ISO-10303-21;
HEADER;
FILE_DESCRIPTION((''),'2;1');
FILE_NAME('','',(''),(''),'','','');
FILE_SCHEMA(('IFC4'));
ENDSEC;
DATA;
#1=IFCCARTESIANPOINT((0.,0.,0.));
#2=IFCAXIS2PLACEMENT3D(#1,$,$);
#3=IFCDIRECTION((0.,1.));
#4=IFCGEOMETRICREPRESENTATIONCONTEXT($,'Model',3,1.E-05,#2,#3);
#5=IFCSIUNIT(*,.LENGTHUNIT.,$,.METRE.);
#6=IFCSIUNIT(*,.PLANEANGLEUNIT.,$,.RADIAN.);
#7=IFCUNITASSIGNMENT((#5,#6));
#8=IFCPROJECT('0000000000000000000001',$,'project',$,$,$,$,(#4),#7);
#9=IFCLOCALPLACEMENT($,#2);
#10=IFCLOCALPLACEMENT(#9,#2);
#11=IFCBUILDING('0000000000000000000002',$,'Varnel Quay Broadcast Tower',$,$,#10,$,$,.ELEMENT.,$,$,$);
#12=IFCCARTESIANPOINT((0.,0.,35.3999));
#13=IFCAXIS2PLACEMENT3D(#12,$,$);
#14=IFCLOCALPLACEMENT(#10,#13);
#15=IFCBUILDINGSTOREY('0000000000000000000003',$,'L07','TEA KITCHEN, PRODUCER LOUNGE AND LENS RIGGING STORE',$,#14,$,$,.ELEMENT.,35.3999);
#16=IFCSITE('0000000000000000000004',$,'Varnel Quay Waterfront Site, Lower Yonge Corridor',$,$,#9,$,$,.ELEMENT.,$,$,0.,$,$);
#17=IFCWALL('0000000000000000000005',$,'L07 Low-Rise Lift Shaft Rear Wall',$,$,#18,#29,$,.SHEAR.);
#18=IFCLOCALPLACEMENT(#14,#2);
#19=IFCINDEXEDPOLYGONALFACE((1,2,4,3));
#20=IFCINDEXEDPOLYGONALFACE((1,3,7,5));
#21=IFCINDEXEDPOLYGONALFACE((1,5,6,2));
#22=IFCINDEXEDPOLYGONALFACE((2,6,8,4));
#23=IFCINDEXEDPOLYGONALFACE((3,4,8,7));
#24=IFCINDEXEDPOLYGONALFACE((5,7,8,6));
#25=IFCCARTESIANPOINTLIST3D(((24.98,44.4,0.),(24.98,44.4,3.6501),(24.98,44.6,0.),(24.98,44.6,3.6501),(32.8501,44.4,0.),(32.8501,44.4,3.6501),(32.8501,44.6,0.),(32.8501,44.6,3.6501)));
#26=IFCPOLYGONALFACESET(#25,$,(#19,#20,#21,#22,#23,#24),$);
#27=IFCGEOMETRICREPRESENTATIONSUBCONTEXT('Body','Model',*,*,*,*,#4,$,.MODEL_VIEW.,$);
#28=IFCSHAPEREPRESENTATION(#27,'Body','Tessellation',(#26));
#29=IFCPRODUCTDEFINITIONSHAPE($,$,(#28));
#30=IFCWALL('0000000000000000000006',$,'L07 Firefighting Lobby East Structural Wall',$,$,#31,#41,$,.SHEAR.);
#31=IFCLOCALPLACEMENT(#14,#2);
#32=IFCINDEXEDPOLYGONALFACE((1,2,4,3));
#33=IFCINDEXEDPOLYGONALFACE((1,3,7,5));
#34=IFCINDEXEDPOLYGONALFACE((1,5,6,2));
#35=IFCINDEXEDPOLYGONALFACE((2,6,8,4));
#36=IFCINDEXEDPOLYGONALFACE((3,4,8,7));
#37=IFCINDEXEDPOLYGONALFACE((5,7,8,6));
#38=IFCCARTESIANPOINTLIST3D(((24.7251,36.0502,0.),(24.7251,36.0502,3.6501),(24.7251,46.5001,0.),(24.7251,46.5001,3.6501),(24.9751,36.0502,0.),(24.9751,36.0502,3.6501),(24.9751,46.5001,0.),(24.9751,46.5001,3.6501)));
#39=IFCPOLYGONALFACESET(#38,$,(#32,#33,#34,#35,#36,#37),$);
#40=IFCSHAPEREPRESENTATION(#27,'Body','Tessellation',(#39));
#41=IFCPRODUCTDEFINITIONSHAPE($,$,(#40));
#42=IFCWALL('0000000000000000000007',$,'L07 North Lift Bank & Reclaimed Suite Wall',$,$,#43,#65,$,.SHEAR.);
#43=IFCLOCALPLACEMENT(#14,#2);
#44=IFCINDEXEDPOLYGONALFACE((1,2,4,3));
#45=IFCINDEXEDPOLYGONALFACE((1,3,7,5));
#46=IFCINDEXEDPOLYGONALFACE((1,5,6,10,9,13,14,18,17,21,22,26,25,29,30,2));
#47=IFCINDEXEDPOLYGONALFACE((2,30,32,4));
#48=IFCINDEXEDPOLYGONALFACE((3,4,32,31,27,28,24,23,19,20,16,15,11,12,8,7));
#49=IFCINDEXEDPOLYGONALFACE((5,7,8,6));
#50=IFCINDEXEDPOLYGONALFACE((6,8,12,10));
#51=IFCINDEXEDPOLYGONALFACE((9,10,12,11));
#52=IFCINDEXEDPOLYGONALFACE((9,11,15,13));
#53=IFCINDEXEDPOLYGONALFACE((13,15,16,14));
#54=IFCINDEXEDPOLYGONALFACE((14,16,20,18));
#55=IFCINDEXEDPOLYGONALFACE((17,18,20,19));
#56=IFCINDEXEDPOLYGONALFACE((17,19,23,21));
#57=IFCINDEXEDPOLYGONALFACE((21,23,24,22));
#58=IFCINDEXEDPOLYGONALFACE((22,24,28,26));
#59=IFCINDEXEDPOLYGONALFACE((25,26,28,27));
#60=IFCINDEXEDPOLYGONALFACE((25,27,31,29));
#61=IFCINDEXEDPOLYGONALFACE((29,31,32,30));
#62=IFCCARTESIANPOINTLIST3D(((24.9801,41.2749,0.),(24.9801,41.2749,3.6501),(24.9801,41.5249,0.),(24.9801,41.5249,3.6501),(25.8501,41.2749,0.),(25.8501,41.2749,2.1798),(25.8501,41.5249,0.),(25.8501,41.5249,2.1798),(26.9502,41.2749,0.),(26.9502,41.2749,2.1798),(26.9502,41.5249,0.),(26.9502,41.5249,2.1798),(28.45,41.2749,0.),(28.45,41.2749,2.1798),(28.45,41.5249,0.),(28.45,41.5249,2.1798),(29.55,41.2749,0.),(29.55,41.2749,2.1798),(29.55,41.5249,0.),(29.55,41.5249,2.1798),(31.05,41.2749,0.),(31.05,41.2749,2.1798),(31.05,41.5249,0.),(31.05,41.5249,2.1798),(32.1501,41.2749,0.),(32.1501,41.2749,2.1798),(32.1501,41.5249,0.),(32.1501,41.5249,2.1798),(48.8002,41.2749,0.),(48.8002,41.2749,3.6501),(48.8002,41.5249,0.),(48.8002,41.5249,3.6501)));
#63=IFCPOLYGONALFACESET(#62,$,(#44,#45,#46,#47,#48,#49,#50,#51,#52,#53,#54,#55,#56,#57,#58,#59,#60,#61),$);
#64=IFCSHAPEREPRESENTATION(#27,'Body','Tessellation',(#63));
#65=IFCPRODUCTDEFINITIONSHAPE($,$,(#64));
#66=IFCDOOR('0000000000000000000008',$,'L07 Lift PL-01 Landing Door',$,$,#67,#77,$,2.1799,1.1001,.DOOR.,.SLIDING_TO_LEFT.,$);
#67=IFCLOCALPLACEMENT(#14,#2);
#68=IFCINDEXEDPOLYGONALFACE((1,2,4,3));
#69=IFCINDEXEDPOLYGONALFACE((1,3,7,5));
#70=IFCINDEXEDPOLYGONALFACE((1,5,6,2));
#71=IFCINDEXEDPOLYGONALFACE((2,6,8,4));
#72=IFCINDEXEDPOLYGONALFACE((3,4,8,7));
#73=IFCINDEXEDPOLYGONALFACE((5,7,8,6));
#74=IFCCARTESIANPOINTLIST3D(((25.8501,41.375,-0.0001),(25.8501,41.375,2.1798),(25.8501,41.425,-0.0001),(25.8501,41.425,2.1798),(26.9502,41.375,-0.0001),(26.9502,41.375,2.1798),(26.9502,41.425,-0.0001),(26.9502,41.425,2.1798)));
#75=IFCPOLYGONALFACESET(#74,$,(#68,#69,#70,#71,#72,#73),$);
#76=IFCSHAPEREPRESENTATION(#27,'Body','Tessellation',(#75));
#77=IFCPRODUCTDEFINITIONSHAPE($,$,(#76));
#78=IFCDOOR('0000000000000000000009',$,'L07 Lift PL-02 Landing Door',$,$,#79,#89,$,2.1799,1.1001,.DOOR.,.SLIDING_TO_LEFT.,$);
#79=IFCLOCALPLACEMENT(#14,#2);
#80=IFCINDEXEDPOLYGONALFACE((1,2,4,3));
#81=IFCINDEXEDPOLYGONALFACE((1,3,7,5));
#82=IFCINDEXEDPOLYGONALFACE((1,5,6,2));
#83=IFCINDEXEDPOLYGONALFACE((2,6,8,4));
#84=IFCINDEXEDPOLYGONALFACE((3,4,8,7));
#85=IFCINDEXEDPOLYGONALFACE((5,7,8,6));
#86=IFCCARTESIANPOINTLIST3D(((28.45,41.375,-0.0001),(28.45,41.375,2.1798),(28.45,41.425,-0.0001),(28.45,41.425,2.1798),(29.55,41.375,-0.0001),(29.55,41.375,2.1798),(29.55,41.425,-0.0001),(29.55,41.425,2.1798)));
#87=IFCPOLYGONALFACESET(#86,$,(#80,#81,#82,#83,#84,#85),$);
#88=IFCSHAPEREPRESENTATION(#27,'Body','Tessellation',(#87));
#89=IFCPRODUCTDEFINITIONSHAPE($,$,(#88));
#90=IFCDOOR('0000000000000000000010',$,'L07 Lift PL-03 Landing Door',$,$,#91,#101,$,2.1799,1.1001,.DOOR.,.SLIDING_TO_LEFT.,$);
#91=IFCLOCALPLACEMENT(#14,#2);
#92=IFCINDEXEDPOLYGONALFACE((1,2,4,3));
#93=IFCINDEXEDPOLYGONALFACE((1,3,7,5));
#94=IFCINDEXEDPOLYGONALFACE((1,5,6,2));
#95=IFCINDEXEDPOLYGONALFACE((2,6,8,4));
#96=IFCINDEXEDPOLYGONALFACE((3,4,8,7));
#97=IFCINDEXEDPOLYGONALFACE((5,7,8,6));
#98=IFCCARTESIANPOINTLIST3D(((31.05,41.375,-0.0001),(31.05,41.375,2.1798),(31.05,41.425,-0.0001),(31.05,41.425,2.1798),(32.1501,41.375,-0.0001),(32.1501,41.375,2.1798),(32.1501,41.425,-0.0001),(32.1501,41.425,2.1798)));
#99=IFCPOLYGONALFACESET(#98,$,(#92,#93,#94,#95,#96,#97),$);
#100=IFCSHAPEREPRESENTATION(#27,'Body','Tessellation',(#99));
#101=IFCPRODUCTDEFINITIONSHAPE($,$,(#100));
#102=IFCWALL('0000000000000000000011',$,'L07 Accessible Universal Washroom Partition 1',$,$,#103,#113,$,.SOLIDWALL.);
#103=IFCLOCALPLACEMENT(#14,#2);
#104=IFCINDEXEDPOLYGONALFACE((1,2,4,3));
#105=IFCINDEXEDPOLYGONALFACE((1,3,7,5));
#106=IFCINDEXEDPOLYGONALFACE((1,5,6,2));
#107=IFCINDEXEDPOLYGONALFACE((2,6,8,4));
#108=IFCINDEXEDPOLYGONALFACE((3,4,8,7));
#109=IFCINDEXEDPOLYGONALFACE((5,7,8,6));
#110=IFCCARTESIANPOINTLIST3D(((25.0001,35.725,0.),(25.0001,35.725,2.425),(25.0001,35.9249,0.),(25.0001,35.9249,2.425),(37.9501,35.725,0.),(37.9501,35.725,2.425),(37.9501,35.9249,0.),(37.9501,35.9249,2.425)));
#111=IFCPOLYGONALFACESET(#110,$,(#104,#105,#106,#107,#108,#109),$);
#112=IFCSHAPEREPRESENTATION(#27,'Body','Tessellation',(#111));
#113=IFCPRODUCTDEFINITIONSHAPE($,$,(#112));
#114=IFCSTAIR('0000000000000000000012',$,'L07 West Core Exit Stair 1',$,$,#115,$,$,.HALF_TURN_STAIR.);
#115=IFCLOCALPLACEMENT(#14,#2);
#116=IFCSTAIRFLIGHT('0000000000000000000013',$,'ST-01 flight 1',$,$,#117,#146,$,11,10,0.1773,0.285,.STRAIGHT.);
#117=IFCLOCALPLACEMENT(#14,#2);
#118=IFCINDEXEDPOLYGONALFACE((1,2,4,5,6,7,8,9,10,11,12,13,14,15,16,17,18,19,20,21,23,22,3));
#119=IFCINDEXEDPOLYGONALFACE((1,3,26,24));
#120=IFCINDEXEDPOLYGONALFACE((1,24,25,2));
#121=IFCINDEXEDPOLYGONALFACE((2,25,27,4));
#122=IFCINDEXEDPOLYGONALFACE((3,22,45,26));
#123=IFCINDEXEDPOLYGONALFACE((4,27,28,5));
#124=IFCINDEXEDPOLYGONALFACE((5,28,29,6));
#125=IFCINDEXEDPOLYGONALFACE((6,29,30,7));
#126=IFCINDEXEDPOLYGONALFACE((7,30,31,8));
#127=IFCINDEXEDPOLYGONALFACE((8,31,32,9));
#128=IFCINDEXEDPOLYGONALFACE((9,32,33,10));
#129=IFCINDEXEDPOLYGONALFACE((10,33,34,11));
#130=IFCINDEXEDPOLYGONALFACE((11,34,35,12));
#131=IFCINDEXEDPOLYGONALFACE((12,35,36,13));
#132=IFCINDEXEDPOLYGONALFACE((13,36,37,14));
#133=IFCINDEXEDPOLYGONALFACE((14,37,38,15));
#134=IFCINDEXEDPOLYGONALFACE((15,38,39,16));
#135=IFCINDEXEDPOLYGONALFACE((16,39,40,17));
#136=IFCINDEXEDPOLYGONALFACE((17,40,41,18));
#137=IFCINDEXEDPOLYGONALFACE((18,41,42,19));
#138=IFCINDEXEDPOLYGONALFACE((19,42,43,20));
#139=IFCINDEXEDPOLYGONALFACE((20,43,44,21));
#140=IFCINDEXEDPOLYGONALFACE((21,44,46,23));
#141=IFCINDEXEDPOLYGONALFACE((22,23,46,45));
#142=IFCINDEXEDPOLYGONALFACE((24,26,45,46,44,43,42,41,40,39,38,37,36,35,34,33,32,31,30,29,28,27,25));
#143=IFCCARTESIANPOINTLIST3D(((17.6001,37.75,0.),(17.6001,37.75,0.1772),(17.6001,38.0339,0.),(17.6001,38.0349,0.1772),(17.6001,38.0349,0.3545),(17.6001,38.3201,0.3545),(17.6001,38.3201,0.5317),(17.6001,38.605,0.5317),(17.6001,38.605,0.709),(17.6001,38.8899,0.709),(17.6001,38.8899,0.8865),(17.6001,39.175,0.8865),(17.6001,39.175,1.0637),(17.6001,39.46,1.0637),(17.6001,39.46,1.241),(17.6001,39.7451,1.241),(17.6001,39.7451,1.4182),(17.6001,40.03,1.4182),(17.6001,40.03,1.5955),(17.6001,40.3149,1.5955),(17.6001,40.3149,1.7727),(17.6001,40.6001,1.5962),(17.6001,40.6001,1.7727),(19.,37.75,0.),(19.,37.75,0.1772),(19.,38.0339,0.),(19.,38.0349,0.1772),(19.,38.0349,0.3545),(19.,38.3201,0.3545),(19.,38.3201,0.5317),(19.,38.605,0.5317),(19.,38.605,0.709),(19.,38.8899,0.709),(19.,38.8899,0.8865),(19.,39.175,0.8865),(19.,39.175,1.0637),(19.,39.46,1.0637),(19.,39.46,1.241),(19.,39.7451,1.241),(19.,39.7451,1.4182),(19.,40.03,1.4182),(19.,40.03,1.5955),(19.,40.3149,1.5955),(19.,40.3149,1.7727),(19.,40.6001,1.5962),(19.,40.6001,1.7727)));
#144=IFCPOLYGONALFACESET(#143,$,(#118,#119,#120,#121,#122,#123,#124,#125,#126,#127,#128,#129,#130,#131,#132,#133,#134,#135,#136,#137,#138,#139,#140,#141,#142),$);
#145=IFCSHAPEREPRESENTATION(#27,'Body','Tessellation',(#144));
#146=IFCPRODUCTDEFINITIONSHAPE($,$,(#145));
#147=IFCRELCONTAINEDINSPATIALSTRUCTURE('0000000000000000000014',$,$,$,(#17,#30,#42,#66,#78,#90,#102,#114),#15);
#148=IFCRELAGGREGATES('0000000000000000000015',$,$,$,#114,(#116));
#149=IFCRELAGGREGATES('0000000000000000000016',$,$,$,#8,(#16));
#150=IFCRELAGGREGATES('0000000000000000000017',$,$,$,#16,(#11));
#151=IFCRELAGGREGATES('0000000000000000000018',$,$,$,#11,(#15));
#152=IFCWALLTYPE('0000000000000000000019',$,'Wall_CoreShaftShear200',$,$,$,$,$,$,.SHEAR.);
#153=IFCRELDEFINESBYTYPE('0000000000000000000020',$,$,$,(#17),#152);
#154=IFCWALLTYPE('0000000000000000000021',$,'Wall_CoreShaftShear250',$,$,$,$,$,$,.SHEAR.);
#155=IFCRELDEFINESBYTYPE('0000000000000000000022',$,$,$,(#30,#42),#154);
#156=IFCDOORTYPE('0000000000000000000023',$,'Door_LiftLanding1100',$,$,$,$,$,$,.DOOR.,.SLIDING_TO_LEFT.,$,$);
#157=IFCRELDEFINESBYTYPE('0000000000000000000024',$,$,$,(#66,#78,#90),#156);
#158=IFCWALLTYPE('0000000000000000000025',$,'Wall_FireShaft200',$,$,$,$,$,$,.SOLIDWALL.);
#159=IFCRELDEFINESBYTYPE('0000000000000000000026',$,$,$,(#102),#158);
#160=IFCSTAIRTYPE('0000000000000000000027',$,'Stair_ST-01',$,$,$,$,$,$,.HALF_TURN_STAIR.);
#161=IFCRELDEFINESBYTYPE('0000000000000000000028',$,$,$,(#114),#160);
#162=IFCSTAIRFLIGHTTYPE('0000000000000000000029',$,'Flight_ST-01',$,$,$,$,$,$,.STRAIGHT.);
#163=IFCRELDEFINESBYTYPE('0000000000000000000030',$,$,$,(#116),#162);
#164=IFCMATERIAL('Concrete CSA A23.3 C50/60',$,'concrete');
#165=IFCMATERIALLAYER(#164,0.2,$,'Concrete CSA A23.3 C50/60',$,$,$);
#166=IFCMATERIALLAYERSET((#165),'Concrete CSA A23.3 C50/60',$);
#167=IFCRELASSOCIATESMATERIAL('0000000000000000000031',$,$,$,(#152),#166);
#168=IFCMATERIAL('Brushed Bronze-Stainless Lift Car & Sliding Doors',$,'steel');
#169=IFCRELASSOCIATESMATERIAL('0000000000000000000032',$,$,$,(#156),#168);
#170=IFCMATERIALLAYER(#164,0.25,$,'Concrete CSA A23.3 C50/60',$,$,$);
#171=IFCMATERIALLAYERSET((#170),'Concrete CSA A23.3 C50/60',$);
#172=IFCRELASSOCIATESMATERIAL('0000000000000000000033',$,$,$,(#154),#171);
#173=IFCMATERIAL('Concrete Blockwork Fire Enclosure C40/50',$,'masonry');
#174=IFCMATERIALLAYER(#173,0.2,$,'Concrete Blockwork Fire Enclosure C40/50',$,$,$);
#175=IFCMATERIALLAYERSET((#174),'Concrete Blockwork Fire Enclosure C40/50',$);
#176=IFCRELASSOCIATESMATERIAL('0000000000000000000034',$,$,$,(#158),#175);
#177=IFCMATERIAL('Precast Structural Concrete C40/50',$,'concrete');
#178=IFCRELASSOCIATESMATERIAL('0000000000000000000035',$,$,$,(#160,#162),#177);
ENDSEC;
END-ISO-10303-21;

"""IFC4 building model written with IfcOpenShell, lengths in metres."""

from ifc_helpers import new_model, si_unit, direction, frame, frame_2d, origin, place, context, subcontext, project, spatial, polyline, rectangle, outline, extrude, source, transform, mapped, material, layer, layer_set, type_object, type_shapes, element, fill, aggregate, save


model = new_model("IFC4")

# Units and contexts
model_context = context("Model", 3, precision=1e-05, world=origin(), true_north=direction((0.0, 1.0)))
body_context = subcontext(model_context, "Body", "Model", "MODEL_VIEW")
ifc_project = project(units=[si_unit("LENGTHUNIT", "METRE"), si_unit("PLANEANGLEUNIT", "RADIAN")], contexts=[model_context])

# Site, building, storey
site_placement = place(None, origin())
site = spatial("IfcSite", under=ifc_project, at=site_placement, Name="Varnel Quay Waterfront Site, Lower Yonge Corridor", CompositionType="ELEMENT", RefElevation=0.0)
building_placement = place(site_placement, origin())
building = spatial("IfcBuilding", under=site, at=building_placement, Name="Varnel Quay Broadcast Tower", CompositionType="ELEMENT")
storey_placement = place(building_placement, frame((0.0, 0.0, 35.3999)))
storey = spatial("IfcBuildingStorey", under=building, at=storey_placement, Name="L07", Description="TEA KITCHEN, PRODUCER LOUNGE AND LENS RIGGING STORE", CompositionType="ELEMENT", Elevation=35.3999)

# Shared definitions
ifc_material_1 = material(Name="Concrete CSA A23.3 C50/60", Category="concrete")
ifc_layer_1 = layer(ifc_material_1, 0.2, Name="Concrete CSA A23.3 C50/60")
ifc_layer_set_1 = layer_set([ifc_layer_1], Name="Concrete CSA A23.3 C50/60")
wall_type_1 = type_object("IfcWallType", Name="Wall_CoreShaftShear200", PredefinedType="SHEAR", material=ifc_layer_set_1)

# Shared definitions
ifc_material_2 = material(Name="Brushed Bronze-Stainless Lift Car & Sliding Doors", Category="steel")
door_type_1 = type_object("IfcDoorType", Name="Door_LiftLanding1100", OperationType="SLIDING_TO_LEFT", PredefinedType="DOOR", material=ifc_material_2)
shared_shape_1 = source(origin(), body_context, "Body", "SweptSolid", [
    extrude(rectangle(XDim=1.1001, YDim=2.1799, at=frame_2d((0.55, 1.0898))), frame((0.0, 0.0249, 0.0), z_axis=(0.0, -1.0, 0.0), x_axis=(1.0, 0.0, 0.0)), (0.0, 0.0, 1.0), 0.05),
])
type_shapes(door_type_1, [shared_shape_1])

# Walls
wall_1_placement = place(storey_placement, frame((24.98, 44.5, 0.0), z_axis=(0.0, 0.0, 1.0), x_axis=(1.0, 0.0, 0.0)))
element("IfcWall", 1, at=wall_1_placement, inside=storey, type_object=wall_type_1, Name="L07 Low-Rise Lift Shaft Rear Wall", PredefinedType="SHEAR", context=body_context, shape_type="SweptSolid", body=[
    extrude(rectangle(XDim=7.8701, YDim=0.2, at=frame_2d((3.9351, 0.0))), origin(), (0.0, 0.0, 1.0), 3.6501),
])
ifc_layer_2 = layer(ifc_material_1, 0.25, Name="Concrete CSA A23.3 C50/60")
ifc_layer_set_2 = layer_set([ifc_layer_2], Name="Concrete CSA A23.3 C50/60")
wall_type_2 = type_object("IfcWallType", Name="Wall_CoreShaftShear250", PredefinedType="SHEAR", material=ifc_layer_set_2)
wall_2_placement = place(storey_placement, frame((24.8501, 36.05, 0.0), z_axis=(0.0, 0.0, 1.0), x_axis=(0.0, 1.0, 0.0)))
element("IfcWall", 2, at=wall_2_placement, inside=storey, type_object=wall_type_2, Name="L07 Firefighting Lobby East Structural Wall", PredefinedType="SHEAR", context=body_context, shape_type="SweptSolid", body=[
    extrude(rectangle(XDim=10.45, YDim=0.25, at=frame_2d((5.2251, 0.0))), origin(), (0.0, 0.0, 1.0), 3.6501),
])

# Wall, openings, doors
wall_3_placement = place(storey_placement, frame((24.98, 41.3999, 0.0), z_axis=(0.0, 0.0, 1.0), x_axis=(1.0, 0.0, 0.0)))
wall_3 = element("IfcWall", 3, at=wall_3_placement, inside=storey, type_object=wall_type_2, Name="L07 North Lift Bank & Reclaimed Suite Wall", PredefinedType="SHEAR", context=body_context, shape_type="SweptSolid", body=[
    extrude(rectangle(XDim=23.8201, YDim=0.25, at=frame_2d((11.9102, 0.0))), origin(), (0.0, 0.0, 1.0), 3.6501),
])
opening_1_placement = place(wall_3_placement, frame((0.8701, 0.0, 0.0)))
opening_1 = element("IfcOpeningElement", 4, at=opening_1_placement, cuts=wall_3, PredefinedType="OPENING", context=body_context, shape_type="SweptSolid", body=[
    extrude(rectangle(XDim=1.1001, YDim=2.1799, at=frame_2d((0.55, 1.0898))), frame((0.0, 0.135, 0.0), z_axis=(0.0, -1.0, 0.0), x_axis=(1.0, 0.0, 0.0)), (0.0, 0.0, 1.0), 0.27),
])
opening_2_placement = place(wall_3_placement, frame((3.47, 0.0, 0.0)))
opening_2 = element("IfcOpeningElement", 5, at=opening_2_placement, cuts=wall_3, PredefinedType="OPENING", context=body_context, shape_type="SweptSolid", body=[
    extrude(rectangle(XDim=1.1001, YDim=2.1799, at=frame_2d((0.55, 1.0898))), frame((0.0, 0.135, 0.0), z_axis=(0.0, -1.0, 0.0), x_axis=(1.0, 0.0, 0.0)), (0.0, 0.0, 1.0), 0.27),
])
opening_3_placement = place(wall_3_placement, frame((6.0701, 0.0, 0.0)))
opening_3 = element("IfcOpeningElement", 6, at=opening_3_placement, cuts=wall_3, PredefinedType="OPENING", context=body_context, shape_type="SweptSolid", body=[
    extrude(rectangle(XDim=1.1001, YDim=2.1799, at=frame_2d((0.55, 1.0898))), frame((0.0, 0.135, 0.0), z_axis=(0.0, -1.0, 0.0), x_axis=(1.0, 0.0, 0.0)), (0.0, 0.0, 1.0), 0.27),
])
door_1_placement = place(opening_1_placement, frame((1.1001, 0.0, 0.0), z_axis=(0.0, 0.0, 1.0), x_axis=(-1.0, 0.0, 0.0)))
door_1 = element("IfcDoor", 7, at=door_1_placement, inside=storey, type_object=door_type_1, Name="L07 Lift PL-01 Landing Door", OperationType="SLIDING_TO_LEFT", OverallHeight=2.1799, OverallWidth=1.1001, PredefinedType="DOOR", context=body_context, shape_type="MappedRepresentation", body=[
    mapped(shared_shape_1, transform((0.0, 0.0, 0.0), x_axis=(1.0, 0.0, 0.0), y_axis=(0.0, 1.0, 0.0), z_axis=(0.0, 0.0, 1.0), scale=1.0)),
])
fill(opening_1, door_1)
door_2_placement = place(opening_2_placement, frame((1.1001, 0.0, 0.0), z_axis=(0.0, 0.0, 1.0), x_axis=(-1.0, 0.0, 0.0)))
door_2 = element("IfcDoor", 8, at=door_2_placement, inside=storey, type_object=door_type_1, Name="L07 Lift PL-02 Landing Door", OperationType="SLIDING_TO_LEFT", OverallHeight=2.1799, OverallWidth=1.1001, PredefinedType="DOOR", context=body_context, shape_type="MappedRepresentation", body=[
    mapped(shared_shape_1, transform((0.0, 0.0, 0.0), x_axis=(1.0, 0.0, 0.0), y_axis=(0.0, 1.0, 0.0), z_axis=(0.0, 0.0, 1.0), scale=1.0)),
])
fill(opening_2, door_2)
door_3_placement = place(opening_3_placement, frame((1.1001, 0.0, 0.0), z_axis=(0.0, 0.0, 1.0), x_axis=(-1.0, 0.0, 0.0)))
door_3 = element("IfcDoor", 9, at=door_3_placement, inside=storey, type_object=door_type_1, Name="L07 Lift PL-03 Landing Door", OperationType="SLIDING_TO_LEFT", OverallHeight=2.1799, OverallWidth=1.1001, PredefinedType="DOOR", context=body_context, shape_type="MappedRepresentation", body=[
    mapped(shared_shape_1, transform((0.0, 0.0, 0.0), x_axis=(1.0, 0.0, 0.0), y_axis=(0.0, 1.0, 0.0), z_axis=(0.0, 0.0, 1.0), scale=1.0)),
])
fill(opening_3, door_3)

# Wall
ifc_material_3 = material(Name="Concrete Blockwork Fire Enclosure C40/50", Category="masonry")
ifc_layer_3 = layer(ifc_material_3, 0.2, Name="Concrete Blockwork Fire Enclosure C40/50")
ifc_layer_set_3 = layer_set([ifc_layer_3], Name="Concrete Blockwork Fire Enclosure C40/50")
wall_type_3 = type_object("IfcWallType", Name="Wall_FireShaft200", PredefinedType="SOLIDWALL", material=ifc_layer_set_3)
wall_4_placement = place(storey_placement, frame((25.0, 35.825, 0.0), z_axis=(0.0, 0.0, 1.0), x_axis=(1.0, 0.0, 0.0)))
element("IfcWall", 10, at=wall_4_placement, inside=storey, type_object=wall_type_3, Name="L07 Accessible Universal Washroom Partition 1", PredefinedType="SOLIDWALL", context=body_context, shape_type="SweptSolid", body=[
    extrude(rectangle(XDim=12.95, YDim=0.2, at=frame_2d((6.4751, 0.0))), origin(), (0.0, 0.0, 1.0), 2.425),
])

# Stair, stair flight
ifc_material_4 = material(Name="Precast Structural Concrete C40/50", Category="concrete")
stair_type = type_object("IfcStairType", Name="Stair_ST-01", PredefinedType="HALF_TURN_STAIR", material=ifc_material_4)
stair_placement = place(storey_placement, origin())
stair = element("IfcStair", 11, at=stair_placement, inside=storey, type_object=stair_type, Name="L07 West Core Exit Stair 1", PredefinedType="HALF_TURN_STAIR")
stair_flight_type = type_object("IfcStairFlightType", Name="Flight_ST-01", PredefinedType="STRAIGHT", material=ifc_material_4)
stair_flight_placement = place(storey_placement, frame((18.3, 37.75, 0.0), z_axis=(0.0, 0.0, 1.0), x_axis=(0.0, 1.0, 0.0)))
stair_flight = element("IfcStairFlight", 12, at=stair_flight_placement, type_object=stair_flight_type, Name="ST-01 flight 1", NumberOfRisers=11, NumberOfTreads=10, PredefinedType="STRAIGHT", RiserHeight=0.1773, TreadLength=0.285, context=body_context, shape_type="SweptSolid", body=[
    extrude(outline(polyline([(0.0, 0.0), (0.0, 0.1772), (0.2849, 0.1772), (0.2849, 0.3545), (0.5701, 0.3545), (0.5701, 0.5317), (0.855, 0.5317), (0.855, 0.709), (1.1399, 0.709), (1.1399, 0.8865), (1.425, 0.8865), (1.425, 1.0637), (1.71, 1.0637), (1.71, 1.241), (1.9951, 1.241), (1.9951, 1.4182), (2.28, 1.4182), (2.28, 1.5955), (2.5649, 1.5955), (2.5649, 1.7727), (2.8501, 1.7727), (2.8501, 1.95), (2.8501, 1.5962), (0.2839, 0.0), (0.0, 0.0)])), frame((0.0, 0.7, 0.0), z_axis=(0.0, -1.0, 0.0), x_axis=(1.0, 0.0, 0.0)), (0.0, 0.0, 1.0), 1.3999),
])
aggregate(stair, [stair_flight])

save(model, "model.ifc")
